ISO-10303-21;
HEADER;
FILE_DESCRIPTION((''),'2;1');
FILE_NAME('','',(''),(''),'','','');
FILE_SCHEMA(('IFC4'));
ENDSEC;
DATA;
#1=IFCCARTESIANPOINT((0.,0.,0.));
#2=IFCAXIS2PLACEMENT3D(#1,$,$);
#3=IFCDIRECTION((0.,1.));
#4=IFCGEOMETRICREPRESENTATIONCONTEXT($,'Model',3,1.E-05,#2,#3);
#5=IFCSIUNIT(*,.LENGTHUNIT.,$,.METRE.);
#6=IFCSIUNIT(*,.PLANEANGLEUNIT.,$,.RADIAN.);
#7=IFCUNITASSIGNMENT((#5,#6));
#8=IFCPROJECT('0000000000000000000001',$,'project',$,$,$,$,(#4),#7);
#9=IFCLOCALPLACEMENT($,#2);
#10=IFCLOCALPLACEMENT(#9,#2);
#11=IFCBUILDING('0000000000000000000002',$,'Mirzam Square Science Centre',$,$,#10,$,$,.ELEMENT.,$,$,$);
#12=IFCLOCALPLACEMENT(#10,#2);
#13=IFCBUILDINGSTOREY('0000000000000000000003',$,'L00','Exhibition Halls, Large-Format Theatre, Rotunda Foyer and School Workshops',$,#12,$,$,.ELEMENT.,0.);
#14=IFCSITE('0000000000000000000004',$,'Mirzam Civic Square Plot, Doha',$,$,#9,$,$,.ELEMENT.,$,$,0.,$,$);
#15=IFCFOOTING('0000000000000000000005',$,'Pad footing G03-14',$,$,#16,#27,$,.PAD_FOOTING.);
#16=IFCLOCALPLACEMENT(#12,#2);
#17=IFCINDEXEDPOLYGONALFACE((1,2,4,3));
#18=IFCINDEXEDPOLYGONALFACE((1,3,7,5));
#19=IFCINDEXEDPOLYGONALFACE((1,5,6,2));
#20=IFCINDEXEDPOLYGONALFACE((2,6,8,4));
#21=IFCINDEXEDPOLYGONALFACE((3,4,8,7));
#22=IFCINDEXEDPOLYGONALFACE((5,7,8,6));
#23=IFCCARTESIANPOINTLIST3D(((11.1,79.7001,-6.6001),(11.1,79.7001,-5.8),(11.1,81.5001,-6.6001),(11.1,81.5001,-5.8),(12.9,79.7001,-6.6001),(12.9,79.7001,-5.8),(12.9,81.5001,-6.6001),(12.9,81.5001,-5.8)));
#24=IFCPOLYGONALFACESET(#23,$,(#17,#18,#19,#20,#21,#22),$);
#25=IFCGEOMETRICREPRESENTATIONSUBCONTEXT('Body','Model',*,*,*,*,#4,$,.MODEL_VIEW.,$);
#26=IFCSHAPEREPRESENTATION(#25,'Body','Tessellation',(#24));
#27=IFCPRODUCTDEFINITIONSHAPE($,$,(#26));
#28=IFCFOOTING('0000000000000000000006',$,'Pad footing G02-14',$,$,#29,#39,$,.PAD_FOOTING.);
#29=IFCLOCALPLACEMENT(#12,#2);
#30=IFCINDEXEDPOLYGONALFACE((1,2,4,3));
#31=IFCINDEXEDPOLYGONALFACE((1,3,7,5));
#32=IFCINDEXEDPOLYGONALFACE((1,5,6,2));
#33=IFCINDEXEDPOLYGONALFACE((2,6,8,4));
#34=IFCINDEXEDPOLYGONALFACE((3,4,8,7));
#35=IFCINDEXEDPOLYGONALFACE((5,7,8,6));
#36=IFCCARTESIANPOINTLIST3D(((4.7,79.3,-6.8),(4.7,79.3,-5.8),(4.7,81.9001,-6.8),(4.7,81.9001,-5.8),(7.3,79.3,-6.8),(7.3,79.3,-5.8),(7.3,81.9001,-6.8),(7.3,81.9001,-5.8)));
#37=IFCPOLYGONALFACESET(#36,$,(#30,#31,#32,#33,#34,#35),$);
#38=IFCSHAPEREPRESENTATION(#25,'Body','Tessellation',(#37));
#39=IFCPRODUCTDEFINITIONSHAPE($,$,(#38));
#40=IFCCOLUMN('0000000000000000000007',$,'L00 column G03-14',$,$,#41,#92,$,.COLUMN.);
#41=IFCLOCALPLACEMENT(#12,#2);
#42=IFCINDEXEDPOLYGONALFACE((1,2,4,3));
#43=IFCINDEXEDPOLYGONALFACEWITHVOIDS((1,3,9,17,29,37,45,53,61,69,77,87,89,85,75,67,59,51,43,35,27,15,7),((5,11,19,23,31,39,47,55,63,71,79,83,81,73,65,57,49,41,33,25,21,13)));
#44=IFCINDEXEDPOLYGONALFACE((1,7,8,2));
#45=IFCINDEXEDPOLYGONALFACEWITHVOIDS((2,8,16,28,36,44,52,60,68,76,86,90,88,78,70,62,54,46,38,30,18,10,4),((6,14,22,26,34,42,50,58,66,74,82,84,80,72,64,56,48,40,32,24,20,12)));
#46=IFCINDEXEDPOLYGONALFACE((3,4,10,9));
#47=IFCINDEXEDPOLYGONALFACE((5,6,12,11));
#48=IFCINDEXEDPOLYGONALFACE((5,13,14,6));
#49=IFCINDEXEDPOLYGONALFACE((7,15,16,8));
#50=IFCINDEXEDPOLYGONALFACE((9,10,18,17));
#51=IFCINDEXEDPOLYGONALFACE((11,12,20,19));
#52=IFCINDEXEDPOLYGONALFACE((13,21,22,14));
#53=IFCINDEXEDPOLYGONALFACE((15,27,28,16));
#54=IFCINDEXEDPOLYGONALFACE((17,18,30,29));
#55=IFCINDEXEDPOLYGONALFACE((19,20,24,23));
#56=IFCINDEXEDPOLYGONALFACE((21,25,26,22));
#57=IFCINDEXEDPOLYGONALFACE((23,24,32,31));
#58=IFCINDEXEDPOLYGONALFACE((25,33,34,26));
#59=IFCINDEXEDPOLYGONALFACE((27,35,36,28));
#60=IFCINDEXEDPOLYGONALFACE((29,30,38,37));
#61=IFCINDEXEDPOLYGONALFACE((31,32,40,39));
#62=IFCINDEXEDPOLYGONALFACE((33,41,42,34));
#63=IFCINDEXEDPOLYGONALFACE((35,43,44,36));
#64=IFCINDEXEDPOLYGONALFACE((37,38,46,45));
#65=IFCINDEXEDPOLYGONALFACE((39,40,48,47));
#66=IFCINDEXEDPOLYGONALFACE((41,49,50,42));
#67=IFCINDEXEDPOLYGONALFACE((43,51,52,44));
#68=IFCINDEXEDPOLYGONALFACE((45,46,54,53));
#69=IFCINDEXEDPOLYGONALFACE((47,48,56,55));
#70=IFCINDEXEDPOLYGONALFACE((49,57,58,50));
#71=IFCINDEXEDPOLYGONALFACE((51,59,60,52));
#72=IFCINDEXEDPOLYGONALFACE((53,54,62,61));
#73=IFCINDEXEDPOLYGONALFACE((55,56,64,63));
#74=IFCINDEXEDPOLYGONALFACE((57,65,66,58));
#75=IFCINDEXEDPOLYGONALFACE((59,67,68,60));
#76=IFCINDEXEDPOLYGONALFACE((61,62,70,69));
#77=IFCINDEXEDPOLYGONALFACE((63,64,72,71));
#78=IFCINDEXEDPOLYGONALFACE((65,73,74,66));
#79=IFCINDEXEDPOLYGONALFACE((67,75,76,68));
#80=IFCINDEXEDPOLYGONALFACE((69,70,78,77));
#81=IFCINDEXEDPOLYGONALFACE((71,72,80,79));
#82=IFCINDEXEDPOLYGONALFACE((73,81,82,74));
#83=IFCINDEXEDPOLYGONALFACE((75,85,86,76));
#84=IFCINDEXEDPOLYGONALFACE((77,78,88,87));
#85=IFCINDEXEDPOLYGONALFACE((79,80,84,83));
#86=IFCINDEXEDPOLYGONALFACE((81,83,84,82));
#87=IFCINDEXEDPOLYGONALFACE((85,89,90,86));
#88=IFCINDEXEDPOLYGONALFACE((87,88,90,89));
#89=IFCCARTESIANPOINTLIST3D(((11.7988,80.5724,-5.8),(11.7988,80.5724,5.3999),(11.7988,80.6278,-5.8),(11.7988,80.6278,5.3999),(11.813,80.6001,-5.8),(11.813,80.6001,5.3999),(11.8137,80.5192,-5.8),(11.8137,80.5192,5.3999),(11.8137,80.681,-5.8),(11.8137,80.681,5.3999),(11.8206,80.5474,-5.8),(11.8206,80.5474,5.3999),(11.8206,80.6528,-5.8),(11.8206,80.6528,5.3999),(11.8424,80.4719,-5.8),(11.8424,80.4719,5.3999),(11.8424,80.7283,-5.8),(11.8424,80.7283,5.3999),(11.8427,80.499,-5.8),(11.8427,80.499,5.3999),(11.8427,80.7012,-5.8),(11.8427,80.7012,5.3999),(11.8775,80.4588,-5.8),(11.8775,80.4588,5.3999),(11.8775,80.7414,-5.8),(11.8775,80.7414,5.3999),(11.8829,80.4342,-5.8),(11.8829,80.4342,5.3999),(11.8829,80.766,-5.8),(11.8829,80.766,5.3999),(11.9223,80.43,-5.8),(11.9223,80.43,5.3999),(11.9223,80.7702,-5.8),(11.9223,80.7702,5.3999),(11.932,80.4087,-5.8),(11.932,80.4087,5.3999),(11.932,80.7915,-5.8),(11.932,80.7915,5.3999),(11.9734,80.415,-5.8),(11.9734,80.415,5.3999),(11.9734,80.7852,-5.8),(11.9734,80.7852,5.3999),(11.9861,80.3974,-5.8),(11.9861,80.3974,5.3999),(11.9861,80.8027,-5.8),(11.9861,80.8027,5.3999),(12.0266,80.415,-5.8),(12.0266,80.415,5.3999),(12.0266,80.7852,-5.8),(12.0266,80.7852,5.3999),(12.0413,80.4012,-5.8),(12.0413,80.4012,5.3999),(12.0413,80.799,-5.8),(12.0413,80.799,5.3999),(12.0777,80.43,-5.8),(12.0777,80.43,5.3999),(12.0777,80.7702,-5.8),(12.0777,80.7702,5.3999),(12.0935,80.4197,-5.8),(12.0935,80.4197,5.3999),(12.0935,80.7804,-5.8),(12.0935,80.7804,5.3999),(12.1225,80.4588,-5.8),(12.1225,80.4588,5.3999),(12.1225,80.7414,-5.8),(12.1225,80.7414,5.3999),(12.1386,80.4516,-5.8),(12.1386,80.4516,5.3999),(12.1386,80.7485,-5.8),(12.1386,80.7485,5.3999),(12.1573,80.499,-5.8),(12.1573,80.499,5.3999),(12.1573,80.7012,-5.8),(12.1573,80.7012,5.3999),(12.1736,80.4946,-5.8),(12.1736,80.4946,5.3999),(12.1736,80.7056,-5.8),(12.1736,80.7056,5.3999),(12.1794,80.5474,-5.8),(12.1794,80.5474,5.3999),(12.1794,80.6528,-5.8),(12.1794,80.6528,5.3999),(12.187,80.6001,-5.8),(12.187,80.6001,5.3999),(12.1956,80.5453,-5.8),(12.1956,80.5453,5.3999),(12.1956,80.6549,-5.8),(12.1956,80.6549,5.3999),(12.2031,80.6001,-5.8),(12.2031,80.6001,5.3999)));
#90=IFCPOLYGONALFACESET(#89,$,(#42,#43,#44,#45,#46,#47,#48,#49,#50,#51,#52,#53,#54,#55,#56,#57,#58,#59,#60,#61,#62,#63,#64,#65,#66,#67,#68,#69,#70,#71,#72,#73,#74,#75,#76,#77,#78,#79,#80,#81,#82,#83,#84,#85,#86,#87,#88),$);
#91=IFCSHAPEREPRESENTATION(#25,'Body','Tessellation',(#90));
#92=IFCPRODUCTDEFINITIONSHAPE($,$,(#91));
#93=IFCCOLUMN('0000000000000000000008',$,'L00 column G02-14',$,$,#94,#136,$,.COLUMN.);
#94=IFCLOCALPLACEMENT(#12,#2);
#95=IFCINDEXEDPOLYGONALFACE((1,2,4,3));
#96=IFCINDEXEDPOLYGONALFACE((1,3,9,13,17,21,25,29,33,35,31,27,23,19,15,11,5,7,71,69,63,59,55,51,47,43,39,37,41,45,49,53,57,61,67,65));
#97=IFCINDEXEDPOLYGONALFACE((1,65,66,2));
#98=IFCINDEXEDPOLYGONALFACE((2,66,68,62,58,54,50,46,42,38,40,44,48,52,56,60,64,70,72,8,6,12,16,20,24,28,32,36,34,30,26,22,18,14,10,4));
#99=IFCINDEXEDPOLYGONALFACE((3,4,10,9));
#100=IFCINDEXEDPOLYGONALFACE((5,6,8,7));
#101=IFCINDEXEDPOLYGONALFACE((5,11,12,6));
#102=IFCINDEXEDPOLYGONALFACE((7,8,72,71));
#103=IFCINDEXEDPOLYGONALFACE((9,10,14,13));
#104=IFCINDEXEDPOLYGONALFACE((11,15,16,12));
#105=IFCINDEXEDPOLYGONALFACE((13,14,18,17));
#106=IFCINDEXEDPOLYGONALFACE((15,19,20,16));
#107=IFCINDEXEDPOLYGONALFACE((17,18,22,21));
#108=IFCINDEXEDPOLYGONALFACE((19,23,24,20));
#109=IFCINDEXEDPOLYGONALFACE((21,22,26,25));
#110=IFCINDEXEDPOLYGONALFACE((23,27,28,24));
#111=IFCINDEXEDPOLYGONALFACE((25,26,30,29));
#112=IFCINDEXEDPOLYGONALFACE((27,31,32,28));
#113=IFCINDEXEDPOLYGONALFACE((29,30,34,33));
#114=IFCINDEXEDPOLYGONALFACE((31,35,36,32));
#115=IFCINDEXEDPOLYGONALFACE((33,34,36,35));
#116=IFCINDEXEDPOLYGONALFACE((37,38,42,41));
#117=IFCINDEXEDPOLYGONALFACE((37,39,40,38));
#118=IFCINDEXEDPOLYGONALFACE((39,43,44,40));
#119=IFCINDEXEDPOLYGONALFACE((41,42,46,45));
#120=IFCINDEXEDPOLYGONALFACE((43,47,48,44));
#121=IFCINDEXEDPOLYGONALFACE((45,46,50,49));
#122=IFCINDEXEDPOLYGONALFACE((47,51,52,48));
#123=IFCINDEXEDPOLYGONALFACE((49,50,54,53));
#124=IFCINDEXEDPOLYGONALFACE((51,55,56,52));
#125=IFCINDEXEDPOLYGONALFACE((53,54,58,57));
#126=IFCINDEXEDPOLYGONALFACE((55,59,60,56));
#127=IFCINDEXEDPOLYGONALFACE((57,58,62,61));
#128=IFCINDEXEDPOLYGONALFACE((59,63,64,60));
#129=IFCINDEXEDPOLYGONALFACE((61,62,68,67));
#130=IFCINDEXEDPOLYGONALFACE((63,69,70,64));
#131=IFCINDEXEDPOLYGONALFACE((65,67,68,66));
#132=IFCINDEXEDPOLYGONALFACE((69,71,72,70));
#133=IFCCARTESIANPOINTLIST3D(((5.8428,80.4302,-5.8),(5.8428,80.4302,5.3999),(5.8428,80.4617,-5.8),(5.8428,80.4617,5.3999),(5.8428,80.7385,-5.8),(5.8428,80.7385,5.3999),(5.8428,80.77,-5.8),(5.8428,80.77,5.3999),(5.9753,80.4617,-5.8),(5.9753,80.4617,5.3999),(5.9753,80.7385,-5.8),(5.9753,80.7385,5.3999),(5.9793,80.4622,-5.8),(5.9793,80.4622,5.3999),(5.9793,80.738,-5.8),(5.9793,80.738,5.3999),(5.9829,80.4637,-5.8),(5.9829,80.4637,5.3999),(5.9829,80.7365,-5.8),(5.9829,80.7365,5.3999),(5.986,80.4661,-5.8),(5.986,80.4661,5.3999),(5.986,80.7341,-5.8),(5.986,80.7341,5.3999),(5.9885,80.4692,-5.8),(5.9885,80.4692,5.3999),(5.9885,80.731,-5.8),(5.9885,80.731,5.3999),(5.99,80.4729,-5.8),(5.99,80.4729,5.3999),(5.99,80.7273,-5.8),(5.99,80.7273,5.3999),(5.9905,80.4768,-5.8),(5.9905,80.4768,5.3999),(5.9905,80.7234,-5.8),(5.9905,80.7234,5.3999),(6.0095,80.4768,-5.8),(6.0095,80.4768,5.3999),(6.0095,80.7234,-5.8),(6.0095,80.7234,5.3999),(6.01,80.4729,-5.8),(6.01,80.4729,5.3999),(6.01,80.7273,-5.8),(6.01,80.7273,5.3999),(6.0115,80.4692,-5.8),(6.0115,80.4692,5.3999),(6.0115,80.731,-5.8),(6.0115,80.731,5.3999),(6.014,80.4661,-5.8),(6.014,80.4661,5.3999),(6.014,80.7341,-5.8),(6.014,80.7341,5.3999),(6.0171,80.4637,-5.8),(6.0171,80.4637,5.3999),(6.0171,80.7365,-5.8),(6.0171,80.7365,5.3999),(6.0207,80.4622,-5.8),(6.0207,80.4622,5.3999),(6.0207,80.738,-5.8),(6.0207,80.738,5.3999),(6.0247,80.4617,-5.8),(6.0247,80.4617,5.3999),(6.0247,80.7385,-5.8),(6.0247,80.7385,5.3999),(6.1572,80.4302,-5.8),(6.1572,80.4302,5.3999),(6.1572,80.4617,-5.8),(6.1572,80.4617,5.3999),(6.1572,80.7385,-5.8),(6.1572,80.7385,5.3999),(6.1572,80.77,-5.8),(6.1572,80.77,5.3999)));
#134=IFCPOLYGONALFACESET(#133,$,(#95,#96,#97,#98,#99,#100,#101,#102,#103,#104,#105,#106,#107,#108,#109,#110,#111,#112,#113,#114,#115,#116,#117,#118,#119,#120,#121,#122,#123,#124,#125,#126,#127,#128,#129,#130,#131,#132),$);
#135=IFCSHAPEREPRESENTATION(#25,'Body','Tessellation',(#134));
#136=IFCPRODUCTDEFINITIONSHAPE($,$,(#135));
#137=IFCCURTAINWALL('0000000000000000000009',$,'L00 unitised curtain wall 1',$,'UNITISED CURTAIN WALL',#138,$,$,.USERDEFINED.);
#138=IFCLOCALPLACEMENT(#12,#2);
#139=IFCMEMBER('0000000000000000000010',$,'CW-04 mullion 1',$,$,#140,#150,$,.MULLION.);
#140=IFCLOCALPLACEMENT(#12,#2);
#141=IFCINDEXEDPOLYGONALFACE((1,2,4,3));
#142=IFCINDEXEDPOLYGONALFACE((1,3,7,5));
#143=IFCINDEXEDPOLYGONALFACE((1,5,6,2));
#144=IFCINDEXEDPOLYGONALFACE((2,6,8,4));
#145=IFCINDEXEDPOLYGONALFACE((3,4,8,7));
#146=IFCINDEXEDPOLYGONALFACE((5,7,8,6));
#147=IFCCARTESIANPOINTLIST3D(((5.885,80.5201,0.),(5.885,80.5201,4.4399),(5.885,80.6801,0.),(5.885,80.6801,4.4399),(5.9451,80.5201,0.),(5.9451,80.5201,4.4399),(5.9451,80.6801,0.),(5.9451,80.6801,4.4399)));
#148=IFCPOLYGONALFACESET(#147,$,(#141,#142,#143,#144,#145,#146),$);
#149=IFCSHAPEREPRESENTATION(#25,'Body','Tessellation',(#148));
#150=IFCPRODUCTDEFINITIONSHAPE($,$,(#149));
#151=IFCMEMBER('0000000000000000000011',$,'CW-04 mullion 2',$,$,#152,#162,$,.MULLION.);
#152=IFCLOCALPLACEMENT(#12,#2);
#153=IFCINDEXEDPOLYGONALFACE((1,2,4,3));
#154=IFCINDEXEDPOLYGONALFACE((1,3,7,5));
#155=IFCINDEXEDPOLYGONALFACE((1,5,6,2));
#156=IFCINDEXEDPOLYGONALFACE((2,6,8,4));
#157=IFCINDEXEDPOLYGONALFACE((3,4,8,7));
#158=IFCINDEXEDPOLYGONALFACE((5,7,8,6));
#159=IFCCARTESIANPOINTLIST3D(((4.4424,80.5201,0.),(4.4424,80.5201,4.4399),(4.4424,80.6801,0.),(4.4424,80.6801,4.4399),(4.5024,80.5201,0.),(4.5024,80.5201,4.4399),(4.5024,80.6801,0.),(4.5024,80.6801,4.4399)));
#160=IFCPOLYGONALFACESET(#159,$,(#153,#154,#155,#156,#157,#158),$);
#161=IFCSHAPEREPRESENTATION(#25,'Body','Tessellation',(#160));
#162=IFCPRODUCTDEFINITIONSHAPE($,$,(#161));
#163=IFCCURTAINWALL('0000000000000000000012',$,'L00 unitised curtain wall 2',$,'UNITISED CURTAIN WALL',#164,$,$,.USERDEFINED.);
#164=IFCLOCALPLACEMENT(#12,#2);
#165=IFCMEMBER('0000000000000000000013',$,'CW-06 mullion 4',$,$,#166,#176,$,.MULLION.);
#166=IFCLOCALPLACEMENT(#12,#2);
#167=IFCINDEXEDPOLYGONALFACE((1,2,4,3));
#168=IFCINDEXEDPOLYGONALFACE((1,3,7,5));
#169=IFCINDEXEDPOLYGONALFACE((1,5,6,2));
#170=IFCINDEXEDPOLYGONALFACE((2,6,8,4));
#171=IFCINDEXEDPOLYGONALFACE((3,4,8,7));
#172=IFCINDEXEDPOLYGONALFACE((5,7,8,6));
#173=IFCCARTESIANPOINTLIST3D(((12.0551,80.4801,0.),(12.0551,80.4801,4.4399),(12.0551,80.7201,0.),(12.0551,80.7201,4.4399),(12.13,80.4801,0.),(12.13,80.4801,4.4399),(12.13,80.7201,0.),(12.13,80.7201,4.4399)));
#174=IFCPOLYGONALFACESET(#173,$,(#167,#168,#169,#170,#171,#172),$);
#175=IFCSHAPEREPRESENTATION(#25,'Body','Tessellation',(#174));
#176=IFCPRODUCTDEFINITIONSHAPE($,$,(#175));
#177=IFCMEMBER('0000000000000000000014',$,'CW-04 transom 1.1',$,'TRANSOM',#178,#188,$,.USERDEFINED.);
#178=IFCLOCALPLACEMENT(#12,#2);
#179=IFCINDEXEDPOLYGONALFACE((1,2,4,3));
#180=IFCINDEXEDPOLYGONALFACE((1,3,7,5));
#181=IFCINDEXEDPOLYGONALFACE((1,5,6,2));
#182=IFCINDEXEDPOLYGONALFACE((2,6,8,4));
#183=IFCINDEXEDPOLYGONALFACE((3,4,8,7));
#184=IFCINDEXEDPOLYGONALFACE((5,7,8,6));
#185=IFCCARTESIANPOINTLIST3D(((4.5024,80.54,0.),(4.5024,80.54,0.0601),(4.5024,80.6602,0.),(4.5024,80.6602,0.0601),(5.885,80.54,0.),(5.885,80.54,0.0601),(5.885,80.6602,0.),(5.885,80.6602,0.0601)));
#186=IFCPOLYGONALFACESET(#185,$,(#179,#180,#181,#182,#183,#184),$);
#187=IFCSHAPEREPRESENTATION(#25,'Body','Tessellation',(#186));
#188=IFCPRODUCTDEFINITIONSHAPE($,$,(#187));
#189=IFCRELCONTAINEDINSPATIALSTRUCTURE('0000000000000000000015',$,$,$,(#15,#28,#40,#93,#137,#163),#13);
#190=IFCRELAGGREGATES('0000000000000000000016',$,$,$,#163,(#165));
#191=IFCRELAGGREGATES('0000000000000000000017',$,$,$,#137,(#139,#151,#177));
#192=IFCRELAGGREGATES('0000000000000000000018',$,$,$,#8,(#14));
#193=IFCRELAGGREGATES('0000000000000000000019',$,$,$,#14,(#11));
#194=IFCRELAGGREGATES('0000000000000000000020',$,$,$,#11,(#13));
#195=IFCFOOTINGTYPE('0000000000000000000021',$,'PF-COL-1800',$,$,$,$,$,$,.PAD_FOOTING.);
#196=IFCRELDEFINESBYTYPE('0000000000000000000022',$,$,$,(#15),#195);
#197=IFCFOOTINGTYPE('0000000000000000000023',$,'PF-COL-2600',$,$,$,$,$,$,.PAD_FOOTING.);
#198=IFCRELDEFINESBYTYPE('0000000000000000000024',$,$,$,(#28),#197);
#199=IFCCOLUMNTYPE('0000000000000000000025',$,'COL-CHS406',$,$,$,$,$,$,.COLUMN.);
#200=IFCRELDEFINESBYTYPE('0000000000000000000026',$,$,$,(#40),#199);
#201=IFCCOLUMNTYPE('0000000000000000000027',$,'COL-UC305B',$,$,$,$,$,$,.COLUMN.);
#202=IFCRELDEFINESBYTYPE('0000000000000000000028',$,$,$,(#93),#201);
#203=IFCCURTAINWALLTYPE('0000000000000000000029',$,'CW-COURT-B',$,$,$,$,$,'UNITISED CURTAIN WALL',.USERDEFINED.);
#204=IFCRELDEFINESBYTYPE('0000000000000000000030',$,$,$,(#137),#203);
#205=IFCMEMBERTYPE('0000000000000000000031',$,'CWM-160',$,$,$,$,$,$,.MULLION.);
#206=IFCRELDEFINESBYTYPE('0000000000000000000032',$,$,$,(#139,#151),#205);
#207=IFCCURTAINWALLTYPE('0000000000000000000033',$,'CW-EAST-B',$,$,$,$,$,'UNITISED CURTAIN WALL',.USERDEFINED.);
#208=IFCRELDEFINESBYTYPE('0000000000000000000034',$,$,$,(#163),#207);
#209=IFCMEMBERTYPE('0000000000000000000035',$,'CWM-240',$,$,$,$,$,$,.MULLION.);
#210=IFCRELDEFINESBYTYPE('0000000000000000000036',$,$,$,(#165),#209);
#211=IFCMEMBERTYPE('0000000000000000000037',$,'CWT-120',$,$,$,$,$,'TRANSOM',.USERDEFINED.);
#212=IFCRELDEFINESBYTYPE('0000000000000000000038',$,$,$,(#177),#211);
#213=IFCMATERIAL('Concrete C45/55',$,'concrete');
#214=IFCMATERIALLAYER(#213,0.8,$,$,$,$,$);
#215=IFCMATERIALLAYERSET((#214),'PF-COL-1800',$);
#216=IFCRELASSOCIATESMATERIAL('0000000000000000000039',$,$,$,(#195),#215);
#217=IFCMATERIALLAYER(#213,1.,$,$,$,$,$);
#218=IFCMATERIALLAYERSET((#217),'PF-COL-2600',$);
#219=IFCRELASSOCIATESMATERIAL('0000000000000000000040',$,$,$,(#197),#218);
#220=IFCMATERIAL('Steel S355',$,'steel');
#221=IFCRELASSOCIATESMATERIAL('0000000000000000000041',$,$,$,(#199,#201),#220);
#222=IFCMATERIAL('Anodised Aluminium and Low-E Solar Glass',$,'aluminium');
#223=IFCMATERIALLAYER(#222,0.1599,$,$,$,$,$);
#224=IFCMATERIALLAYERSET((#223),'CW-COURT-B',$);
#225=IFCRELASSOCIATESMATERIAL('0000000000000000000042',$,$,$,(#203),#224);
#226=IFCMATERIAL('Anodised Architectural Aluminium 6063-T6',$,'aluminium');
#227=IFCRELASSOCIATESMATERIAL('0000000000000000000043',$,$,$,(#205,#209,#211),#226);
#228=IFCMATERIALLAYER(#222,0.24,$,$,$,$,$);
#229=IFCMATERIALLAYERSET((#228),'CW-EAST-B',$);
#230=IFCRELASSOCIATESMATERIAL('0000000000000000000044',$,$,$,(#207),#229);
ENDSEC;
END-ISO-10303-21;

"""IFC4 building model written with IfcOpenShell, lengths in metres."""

from ifc_helpers import new_model, si_unit, direction, frame, origin, origin_2d, place, context, subcontext, project, spatial, rectangle, hollow_circle, i_section, extrude, material, layer, layer_set, material_profile, profile_set, type_object, element, aggregate, save


model = new_model("IFC4")

# Units and contexts
model_context = context("Model", 3, precision=1e-05, world=origin(), true_north=direction((0.0, 1.0)))
body_context = subcontext(model_context, "Body", "Model", "MODEL_VIEW")
ifc_project = project(units=[si_unit("LENGTHUNIT", "METRE"), si_unit("PLANEANGLEUNIT", "RADIAN")], contexts=[model_context])

# Site, building, storey
site_placement = place(None, origin())
site = spatial("IfcSite", under=ifc_project, at=site_placement, Name="Mirzam Civic Square Plot, Doha", CompositionType="ELEMENT", RefElevation=0.0)
building_placement = place(site_placement, origin())
building = spatial("IfcBuilding", under=site, at=building_placement, Name="Mirzam Square Science Centre", CompositionType="ELEMENT")
storey_placement = place(building_placement, origin())
storey = spatial("IfcBuildingStorey", under=building, at=storey_placement, Name="L00", Description="Exhibition Halls, Large-Format Theatre, Rotunda Foyer and School Workshops", CompositionType="ELEMENT", Elevation=0.0)

# Footings
ifc_material_1 = material(Name="Concrete C45/55", Category="concrete")
ifc_layer_1 = layer(ifc_material_1, 0.8)
ifc_layer_set_1 = layer_set([ifc_layer_1], Name="PF-COL-1800")
footing_type_1 = type_object("IfcFootingType", Name="PF-COL-1800", PredefinedType="PAD_FOOTING", material=ifc_layer_set_1)
footing_1_placement = place(storey_placement, frame((12.0, 80.6001, -6.6001), z_axis=(0.0, 0.0, 1.0), x_axis=(1.0, 0.0, 0.0)))
element("IfcFooting", 1, at=footing_1_placement, inside=storey, type_object=footing_type_1, Name="Pad footing G03-14", PredefinedType="PAD_FOOTING", context=body_context, shape_type="SweptSolid", body=[
    extrude(rectangle(XDim=1.8, YDim=1.8, at=origin_2d()), origin(), (0.0, 0.0, 1.0), 0.8),
])
ifc_layer_2 = layer(ifc_material_1, 1.0)
ifc_layer_set_2 = layer_set([ifc_layer_2], Name="PF-COL-2600")
footing_type_2 = type_object("IfcFootingType", Name="PF-COL-2600", PredefinedType="PAD_FOOTING", material=ifc_layer_set_2)
footing_2_placement = place(storey_placement, frame((6.0, 80.6001, -6.8), z_axis=(0.0, 0.0, 1.0), x_axis=(1.0, 0.0, 0.0)))
element("IfcFooting", 2, at=footing_2_placement, inside=storey, type_object=footing_type_2, Name="Pad footing G02-14", PredefinedType="PAD_FOOTING", context=body_context, shape_type="SweptSolid", body=[
    extrude(rectangle(XDim=2.6001, YDim=2.6001, at=origin_2d()), origin(), (0.0, 0.0, 1.0), 1.0),
])

# Columns
ifc_material_2 = material(Name="Steel S355", Category="steel")
ifc_material_profile_1 = material_profile(ifc_material_2, hollow_circle(Radius=0.2031, WallThickness=0.0161, at=origin_2d()), Name="406.4x16.0CHS")
ifc_profile_set_1 = profile_set([ifc_material_profile_1], Name="Steel S355")
column_type_1 = type_object("IfcColumnType", Name="COL-CHS406", PredefinedType="COLUMN", material=ifc_profile_set_1)
column_1_placement = place(storey_placement, frame((12.0, 80.6001, -5.8), z_axis=(0.0, 0.0, 1.0), x_axis=(1.0, 0.0, 0.0)))
element("IfcColumn", 3, at=column_1_placement, inside=storey, type_object=column_type_1, Name="L00 column G03-14", PredefinedType="COLUMN", context=body_context, shape_type="SweptSolid", body=[
    extrude(hollow_circle(Radius=0.2031, WallThickness=0.0161, at=origin_2d()), origin(), (0.0, 0.0, 1.0), 11.2),
])
ifc_material_profile_2 = material_profile(ifc_material_2, i_section(OverallWidth=0.3145, OverallDepth=0.3398, WebThickness=0.019, FlangeThickness=0.0315, FilletRadius=0.0151, at=origin_2d()), Name="305x305x198UC")
ifc_profile_set_2 = profile_set([ifc_material_profile_2], Name="Steel S355")
column_type_2 = type_object("IfcColumnType", Name="COL-UC305B", PredefinedType="COLUMN", material=ifc_profile_set_2)
column_2_placement = place(storey_placement, frame((6.0, 80.6001, -5.8), z_axis=(0.0, 0.0, 1.0), x_axis=(1.0, 0.0, 0.0)))
element("IfcColumn", 4, at=column_2_placement, inside=storey, type_object=column_type_2, Name="L00 column G02-14", PredefinedType="COLUMN", context=body_context, shape_type="SweptSolid", body=[
    extrude(i_section(OverallWidth=0.3145, OverallDepth=0.3398, WebThickness=0.019, FlangeThickness=0.0315, FilletRadius=0.0151, at=origin_2d()), origin(), (0.0, 0.0, 1.0), 11.2),
])

# Curtain wall, members
ifc_material_3 = material(Name="Anodised Aluminium and Low-E Solar Glass", Category="aluminium")
ifc_layer_3 = layer(ifc_material_3, 0.1599)
ifc_layer_set_3 = layer_set([ifc_layer_3], Name="CW-COURT-B")
curtain_wall_type_1 = type_object("IfcCurtainWallType", Name="CW-COURT-B", ElementType="UNITISED CURTAIN WALL", PredefinedType="USERDEFINED", material=ifc_layer_set_3)
curtain_wall_1_placement = place(storey_placement, origin())
curtain_wall_1 = element("IfcCurtainWall", 5, at=curtain_wall_1_placement, inside=storey, type_object=curtain_wall_type_1, Name="L00 unitised curtain wall 1", ObjectType="UNITISED CURTAIN WALL", PredefinedType="USERDEFINED")
ifc_material_4 = material(Name="Anodised Architectural Aluminium 6063-T6", Category="aluminium")
ifc_material_profile_3 = material_profile(ifc_material_4, rectangle(XDim=0.0601, YDim=0.1599, at=origin_2d()), Name="ALU-MULL-160x60x4")
ifc_profile_set_3 = profile_set([ifc_material_profile_3], Name="Anodised Architectural Aluminium 6063-T6")
member_type_1 = type_object("IfcMemberType", Name="CWM-160", PredefinedType="MULLION", material=ifc_profile_set_3)
member_1_placement = place(storey_placement, frame((5.915, 80.6001, 0.0), z_axis=(0.0, 0.0, 1.0), x_axis=(-1.0, 0.0, 0.0)))
member_1 = element("IfcMember", 6, at=member_1_placement, type_object=member_type_1, Name="CW-04 mullion 1", PredefinedType="MULLION", context=body_context, shape_type="SweptSolid", body=[
    extrude(rectangle(XDim=0.0601, YDim=0.1599, at=origin_2d()), origin(), (0.0, 0.0, 1.0), 4.4399),
])
member_2_placement = place(storey_placement, frame((4.4724, 80.6001, 0.0), z_axis=(0.0, 0.0, 1.0), x_axis=(-1.0, 0.0, 0.0)))
member_2 = element("IfcMember", 7, at=member_2_placement, type_object=member_type_1, Name="CW-04 mullion 2", PredefinedType="MULLION", context=body_context, shape_type="SweptSolid", body=[
    extrude(rectangle(XDim=0.0601, YDim=0.1599, at=origin_2d()), origin(), (0.0, 0.0, 1.0), 4.4399),
])

# Curtain wall, member
ifc_layer_4 = layer(ifc_material_3, 0.24)
ifc_layer_set_4 = layer_set([ifc_layer_4], Name="CW-EAST-B")
curtain_wall_type_2 = type_object("IfcCurtainWallType", Name="CW-EAST-B", ElementType="UNITISED CURTAIN WALL", PredefinedType="USERDEFINED", material=ifc_layer_set_4)
curtain_wall_2_placement = place(storey_placement, origin())
curtain_wall_2 = element("IfcCurtainWall", 8, at=curtain_wall_2_placement, inside=storey, type_object=curtain_wall_type_2, Name="L00 unitised curtain wall 2", ObjectType="UNITISED CURTAIN WALL", PredefinedType="USERDEFINED")
ifc_material_profile_4 = material_profile(ifc_material_4, rectangle(XDim=0.075, YDim=0.24, at=origin_2d()), Name="ALU-MULL-240x75x5")
ifc_profile_set_4 = profile_set([ifc_material_profile_4], Name="Anodised Architectural Aluminium 6063-T6")
member_type_2 = type_object("IfcMemberType", Name="CWM-240", PredefinedType="MULLION", material=ifc_profile_set_4)
member_3_placement = place(storey_placement, frame((12.0925, 80.6001, 0.0), z_axis=(0.0, 0.0, 1.0), x_axis=(-1.0, 0.0, 0.0)))
member_3 = element("IfcMember", 9, at=member_3_placement, type_object=member_type_2, Name="CW-06 mullion 4", PredefinedType="MULLION", context=body_context, shape_type="SweptSolid", body=[
    extrude(rectangle(XDim=0.075, YDim=0.24, at=origin_2d()), origin(), (0.0, 0.0, 1.0), 4.4399),
])
aggregate(curtain_wall_2, [member_3])

# Member
ifc_material_profile_5 = material_profile(ifc_material_4, rectangle(XDim=0.1201, YDim=0.0601, at=origin_2d()), Name="ALU-TRAN-120x60x4")
ifc_profile_set_5 = profile_set([ifc_material_profile_5], Name="Anodised Architectural Aluminium 6063-T6")
member_type_3 = type_object("IfcMemberType", Name="CWT-120", ElementType="TRANSOM", PredefinedType="USERDEFINED", material=ifc_profile_set_5)
member_4_placement = place(storey_placement, frame((5.885, 80.6001, 0.03), z_axis=(-1.0, 0.0, 0.0), x_axis=(0.0, -1.0, 0.0)))
member_4 = element("IfcMember", 10, at=member_4_placement, type_object=member_type_3, Name="CW-04 transom 1.1", ObjectType="TRANSOM", PredefinedType="USERDEFINED", context=body_context, shape_type="SweptSolid", body=[
    extrude(rectangle(XDim=0.1201, YDim=0.0601, at=origin_2d()), origin(), (0.0, 0.0, 1.0), 1.3826),
])

aggregate(curtain_wall_1, [member_1, member_2, member_4])

save(model, "model.ifc")
